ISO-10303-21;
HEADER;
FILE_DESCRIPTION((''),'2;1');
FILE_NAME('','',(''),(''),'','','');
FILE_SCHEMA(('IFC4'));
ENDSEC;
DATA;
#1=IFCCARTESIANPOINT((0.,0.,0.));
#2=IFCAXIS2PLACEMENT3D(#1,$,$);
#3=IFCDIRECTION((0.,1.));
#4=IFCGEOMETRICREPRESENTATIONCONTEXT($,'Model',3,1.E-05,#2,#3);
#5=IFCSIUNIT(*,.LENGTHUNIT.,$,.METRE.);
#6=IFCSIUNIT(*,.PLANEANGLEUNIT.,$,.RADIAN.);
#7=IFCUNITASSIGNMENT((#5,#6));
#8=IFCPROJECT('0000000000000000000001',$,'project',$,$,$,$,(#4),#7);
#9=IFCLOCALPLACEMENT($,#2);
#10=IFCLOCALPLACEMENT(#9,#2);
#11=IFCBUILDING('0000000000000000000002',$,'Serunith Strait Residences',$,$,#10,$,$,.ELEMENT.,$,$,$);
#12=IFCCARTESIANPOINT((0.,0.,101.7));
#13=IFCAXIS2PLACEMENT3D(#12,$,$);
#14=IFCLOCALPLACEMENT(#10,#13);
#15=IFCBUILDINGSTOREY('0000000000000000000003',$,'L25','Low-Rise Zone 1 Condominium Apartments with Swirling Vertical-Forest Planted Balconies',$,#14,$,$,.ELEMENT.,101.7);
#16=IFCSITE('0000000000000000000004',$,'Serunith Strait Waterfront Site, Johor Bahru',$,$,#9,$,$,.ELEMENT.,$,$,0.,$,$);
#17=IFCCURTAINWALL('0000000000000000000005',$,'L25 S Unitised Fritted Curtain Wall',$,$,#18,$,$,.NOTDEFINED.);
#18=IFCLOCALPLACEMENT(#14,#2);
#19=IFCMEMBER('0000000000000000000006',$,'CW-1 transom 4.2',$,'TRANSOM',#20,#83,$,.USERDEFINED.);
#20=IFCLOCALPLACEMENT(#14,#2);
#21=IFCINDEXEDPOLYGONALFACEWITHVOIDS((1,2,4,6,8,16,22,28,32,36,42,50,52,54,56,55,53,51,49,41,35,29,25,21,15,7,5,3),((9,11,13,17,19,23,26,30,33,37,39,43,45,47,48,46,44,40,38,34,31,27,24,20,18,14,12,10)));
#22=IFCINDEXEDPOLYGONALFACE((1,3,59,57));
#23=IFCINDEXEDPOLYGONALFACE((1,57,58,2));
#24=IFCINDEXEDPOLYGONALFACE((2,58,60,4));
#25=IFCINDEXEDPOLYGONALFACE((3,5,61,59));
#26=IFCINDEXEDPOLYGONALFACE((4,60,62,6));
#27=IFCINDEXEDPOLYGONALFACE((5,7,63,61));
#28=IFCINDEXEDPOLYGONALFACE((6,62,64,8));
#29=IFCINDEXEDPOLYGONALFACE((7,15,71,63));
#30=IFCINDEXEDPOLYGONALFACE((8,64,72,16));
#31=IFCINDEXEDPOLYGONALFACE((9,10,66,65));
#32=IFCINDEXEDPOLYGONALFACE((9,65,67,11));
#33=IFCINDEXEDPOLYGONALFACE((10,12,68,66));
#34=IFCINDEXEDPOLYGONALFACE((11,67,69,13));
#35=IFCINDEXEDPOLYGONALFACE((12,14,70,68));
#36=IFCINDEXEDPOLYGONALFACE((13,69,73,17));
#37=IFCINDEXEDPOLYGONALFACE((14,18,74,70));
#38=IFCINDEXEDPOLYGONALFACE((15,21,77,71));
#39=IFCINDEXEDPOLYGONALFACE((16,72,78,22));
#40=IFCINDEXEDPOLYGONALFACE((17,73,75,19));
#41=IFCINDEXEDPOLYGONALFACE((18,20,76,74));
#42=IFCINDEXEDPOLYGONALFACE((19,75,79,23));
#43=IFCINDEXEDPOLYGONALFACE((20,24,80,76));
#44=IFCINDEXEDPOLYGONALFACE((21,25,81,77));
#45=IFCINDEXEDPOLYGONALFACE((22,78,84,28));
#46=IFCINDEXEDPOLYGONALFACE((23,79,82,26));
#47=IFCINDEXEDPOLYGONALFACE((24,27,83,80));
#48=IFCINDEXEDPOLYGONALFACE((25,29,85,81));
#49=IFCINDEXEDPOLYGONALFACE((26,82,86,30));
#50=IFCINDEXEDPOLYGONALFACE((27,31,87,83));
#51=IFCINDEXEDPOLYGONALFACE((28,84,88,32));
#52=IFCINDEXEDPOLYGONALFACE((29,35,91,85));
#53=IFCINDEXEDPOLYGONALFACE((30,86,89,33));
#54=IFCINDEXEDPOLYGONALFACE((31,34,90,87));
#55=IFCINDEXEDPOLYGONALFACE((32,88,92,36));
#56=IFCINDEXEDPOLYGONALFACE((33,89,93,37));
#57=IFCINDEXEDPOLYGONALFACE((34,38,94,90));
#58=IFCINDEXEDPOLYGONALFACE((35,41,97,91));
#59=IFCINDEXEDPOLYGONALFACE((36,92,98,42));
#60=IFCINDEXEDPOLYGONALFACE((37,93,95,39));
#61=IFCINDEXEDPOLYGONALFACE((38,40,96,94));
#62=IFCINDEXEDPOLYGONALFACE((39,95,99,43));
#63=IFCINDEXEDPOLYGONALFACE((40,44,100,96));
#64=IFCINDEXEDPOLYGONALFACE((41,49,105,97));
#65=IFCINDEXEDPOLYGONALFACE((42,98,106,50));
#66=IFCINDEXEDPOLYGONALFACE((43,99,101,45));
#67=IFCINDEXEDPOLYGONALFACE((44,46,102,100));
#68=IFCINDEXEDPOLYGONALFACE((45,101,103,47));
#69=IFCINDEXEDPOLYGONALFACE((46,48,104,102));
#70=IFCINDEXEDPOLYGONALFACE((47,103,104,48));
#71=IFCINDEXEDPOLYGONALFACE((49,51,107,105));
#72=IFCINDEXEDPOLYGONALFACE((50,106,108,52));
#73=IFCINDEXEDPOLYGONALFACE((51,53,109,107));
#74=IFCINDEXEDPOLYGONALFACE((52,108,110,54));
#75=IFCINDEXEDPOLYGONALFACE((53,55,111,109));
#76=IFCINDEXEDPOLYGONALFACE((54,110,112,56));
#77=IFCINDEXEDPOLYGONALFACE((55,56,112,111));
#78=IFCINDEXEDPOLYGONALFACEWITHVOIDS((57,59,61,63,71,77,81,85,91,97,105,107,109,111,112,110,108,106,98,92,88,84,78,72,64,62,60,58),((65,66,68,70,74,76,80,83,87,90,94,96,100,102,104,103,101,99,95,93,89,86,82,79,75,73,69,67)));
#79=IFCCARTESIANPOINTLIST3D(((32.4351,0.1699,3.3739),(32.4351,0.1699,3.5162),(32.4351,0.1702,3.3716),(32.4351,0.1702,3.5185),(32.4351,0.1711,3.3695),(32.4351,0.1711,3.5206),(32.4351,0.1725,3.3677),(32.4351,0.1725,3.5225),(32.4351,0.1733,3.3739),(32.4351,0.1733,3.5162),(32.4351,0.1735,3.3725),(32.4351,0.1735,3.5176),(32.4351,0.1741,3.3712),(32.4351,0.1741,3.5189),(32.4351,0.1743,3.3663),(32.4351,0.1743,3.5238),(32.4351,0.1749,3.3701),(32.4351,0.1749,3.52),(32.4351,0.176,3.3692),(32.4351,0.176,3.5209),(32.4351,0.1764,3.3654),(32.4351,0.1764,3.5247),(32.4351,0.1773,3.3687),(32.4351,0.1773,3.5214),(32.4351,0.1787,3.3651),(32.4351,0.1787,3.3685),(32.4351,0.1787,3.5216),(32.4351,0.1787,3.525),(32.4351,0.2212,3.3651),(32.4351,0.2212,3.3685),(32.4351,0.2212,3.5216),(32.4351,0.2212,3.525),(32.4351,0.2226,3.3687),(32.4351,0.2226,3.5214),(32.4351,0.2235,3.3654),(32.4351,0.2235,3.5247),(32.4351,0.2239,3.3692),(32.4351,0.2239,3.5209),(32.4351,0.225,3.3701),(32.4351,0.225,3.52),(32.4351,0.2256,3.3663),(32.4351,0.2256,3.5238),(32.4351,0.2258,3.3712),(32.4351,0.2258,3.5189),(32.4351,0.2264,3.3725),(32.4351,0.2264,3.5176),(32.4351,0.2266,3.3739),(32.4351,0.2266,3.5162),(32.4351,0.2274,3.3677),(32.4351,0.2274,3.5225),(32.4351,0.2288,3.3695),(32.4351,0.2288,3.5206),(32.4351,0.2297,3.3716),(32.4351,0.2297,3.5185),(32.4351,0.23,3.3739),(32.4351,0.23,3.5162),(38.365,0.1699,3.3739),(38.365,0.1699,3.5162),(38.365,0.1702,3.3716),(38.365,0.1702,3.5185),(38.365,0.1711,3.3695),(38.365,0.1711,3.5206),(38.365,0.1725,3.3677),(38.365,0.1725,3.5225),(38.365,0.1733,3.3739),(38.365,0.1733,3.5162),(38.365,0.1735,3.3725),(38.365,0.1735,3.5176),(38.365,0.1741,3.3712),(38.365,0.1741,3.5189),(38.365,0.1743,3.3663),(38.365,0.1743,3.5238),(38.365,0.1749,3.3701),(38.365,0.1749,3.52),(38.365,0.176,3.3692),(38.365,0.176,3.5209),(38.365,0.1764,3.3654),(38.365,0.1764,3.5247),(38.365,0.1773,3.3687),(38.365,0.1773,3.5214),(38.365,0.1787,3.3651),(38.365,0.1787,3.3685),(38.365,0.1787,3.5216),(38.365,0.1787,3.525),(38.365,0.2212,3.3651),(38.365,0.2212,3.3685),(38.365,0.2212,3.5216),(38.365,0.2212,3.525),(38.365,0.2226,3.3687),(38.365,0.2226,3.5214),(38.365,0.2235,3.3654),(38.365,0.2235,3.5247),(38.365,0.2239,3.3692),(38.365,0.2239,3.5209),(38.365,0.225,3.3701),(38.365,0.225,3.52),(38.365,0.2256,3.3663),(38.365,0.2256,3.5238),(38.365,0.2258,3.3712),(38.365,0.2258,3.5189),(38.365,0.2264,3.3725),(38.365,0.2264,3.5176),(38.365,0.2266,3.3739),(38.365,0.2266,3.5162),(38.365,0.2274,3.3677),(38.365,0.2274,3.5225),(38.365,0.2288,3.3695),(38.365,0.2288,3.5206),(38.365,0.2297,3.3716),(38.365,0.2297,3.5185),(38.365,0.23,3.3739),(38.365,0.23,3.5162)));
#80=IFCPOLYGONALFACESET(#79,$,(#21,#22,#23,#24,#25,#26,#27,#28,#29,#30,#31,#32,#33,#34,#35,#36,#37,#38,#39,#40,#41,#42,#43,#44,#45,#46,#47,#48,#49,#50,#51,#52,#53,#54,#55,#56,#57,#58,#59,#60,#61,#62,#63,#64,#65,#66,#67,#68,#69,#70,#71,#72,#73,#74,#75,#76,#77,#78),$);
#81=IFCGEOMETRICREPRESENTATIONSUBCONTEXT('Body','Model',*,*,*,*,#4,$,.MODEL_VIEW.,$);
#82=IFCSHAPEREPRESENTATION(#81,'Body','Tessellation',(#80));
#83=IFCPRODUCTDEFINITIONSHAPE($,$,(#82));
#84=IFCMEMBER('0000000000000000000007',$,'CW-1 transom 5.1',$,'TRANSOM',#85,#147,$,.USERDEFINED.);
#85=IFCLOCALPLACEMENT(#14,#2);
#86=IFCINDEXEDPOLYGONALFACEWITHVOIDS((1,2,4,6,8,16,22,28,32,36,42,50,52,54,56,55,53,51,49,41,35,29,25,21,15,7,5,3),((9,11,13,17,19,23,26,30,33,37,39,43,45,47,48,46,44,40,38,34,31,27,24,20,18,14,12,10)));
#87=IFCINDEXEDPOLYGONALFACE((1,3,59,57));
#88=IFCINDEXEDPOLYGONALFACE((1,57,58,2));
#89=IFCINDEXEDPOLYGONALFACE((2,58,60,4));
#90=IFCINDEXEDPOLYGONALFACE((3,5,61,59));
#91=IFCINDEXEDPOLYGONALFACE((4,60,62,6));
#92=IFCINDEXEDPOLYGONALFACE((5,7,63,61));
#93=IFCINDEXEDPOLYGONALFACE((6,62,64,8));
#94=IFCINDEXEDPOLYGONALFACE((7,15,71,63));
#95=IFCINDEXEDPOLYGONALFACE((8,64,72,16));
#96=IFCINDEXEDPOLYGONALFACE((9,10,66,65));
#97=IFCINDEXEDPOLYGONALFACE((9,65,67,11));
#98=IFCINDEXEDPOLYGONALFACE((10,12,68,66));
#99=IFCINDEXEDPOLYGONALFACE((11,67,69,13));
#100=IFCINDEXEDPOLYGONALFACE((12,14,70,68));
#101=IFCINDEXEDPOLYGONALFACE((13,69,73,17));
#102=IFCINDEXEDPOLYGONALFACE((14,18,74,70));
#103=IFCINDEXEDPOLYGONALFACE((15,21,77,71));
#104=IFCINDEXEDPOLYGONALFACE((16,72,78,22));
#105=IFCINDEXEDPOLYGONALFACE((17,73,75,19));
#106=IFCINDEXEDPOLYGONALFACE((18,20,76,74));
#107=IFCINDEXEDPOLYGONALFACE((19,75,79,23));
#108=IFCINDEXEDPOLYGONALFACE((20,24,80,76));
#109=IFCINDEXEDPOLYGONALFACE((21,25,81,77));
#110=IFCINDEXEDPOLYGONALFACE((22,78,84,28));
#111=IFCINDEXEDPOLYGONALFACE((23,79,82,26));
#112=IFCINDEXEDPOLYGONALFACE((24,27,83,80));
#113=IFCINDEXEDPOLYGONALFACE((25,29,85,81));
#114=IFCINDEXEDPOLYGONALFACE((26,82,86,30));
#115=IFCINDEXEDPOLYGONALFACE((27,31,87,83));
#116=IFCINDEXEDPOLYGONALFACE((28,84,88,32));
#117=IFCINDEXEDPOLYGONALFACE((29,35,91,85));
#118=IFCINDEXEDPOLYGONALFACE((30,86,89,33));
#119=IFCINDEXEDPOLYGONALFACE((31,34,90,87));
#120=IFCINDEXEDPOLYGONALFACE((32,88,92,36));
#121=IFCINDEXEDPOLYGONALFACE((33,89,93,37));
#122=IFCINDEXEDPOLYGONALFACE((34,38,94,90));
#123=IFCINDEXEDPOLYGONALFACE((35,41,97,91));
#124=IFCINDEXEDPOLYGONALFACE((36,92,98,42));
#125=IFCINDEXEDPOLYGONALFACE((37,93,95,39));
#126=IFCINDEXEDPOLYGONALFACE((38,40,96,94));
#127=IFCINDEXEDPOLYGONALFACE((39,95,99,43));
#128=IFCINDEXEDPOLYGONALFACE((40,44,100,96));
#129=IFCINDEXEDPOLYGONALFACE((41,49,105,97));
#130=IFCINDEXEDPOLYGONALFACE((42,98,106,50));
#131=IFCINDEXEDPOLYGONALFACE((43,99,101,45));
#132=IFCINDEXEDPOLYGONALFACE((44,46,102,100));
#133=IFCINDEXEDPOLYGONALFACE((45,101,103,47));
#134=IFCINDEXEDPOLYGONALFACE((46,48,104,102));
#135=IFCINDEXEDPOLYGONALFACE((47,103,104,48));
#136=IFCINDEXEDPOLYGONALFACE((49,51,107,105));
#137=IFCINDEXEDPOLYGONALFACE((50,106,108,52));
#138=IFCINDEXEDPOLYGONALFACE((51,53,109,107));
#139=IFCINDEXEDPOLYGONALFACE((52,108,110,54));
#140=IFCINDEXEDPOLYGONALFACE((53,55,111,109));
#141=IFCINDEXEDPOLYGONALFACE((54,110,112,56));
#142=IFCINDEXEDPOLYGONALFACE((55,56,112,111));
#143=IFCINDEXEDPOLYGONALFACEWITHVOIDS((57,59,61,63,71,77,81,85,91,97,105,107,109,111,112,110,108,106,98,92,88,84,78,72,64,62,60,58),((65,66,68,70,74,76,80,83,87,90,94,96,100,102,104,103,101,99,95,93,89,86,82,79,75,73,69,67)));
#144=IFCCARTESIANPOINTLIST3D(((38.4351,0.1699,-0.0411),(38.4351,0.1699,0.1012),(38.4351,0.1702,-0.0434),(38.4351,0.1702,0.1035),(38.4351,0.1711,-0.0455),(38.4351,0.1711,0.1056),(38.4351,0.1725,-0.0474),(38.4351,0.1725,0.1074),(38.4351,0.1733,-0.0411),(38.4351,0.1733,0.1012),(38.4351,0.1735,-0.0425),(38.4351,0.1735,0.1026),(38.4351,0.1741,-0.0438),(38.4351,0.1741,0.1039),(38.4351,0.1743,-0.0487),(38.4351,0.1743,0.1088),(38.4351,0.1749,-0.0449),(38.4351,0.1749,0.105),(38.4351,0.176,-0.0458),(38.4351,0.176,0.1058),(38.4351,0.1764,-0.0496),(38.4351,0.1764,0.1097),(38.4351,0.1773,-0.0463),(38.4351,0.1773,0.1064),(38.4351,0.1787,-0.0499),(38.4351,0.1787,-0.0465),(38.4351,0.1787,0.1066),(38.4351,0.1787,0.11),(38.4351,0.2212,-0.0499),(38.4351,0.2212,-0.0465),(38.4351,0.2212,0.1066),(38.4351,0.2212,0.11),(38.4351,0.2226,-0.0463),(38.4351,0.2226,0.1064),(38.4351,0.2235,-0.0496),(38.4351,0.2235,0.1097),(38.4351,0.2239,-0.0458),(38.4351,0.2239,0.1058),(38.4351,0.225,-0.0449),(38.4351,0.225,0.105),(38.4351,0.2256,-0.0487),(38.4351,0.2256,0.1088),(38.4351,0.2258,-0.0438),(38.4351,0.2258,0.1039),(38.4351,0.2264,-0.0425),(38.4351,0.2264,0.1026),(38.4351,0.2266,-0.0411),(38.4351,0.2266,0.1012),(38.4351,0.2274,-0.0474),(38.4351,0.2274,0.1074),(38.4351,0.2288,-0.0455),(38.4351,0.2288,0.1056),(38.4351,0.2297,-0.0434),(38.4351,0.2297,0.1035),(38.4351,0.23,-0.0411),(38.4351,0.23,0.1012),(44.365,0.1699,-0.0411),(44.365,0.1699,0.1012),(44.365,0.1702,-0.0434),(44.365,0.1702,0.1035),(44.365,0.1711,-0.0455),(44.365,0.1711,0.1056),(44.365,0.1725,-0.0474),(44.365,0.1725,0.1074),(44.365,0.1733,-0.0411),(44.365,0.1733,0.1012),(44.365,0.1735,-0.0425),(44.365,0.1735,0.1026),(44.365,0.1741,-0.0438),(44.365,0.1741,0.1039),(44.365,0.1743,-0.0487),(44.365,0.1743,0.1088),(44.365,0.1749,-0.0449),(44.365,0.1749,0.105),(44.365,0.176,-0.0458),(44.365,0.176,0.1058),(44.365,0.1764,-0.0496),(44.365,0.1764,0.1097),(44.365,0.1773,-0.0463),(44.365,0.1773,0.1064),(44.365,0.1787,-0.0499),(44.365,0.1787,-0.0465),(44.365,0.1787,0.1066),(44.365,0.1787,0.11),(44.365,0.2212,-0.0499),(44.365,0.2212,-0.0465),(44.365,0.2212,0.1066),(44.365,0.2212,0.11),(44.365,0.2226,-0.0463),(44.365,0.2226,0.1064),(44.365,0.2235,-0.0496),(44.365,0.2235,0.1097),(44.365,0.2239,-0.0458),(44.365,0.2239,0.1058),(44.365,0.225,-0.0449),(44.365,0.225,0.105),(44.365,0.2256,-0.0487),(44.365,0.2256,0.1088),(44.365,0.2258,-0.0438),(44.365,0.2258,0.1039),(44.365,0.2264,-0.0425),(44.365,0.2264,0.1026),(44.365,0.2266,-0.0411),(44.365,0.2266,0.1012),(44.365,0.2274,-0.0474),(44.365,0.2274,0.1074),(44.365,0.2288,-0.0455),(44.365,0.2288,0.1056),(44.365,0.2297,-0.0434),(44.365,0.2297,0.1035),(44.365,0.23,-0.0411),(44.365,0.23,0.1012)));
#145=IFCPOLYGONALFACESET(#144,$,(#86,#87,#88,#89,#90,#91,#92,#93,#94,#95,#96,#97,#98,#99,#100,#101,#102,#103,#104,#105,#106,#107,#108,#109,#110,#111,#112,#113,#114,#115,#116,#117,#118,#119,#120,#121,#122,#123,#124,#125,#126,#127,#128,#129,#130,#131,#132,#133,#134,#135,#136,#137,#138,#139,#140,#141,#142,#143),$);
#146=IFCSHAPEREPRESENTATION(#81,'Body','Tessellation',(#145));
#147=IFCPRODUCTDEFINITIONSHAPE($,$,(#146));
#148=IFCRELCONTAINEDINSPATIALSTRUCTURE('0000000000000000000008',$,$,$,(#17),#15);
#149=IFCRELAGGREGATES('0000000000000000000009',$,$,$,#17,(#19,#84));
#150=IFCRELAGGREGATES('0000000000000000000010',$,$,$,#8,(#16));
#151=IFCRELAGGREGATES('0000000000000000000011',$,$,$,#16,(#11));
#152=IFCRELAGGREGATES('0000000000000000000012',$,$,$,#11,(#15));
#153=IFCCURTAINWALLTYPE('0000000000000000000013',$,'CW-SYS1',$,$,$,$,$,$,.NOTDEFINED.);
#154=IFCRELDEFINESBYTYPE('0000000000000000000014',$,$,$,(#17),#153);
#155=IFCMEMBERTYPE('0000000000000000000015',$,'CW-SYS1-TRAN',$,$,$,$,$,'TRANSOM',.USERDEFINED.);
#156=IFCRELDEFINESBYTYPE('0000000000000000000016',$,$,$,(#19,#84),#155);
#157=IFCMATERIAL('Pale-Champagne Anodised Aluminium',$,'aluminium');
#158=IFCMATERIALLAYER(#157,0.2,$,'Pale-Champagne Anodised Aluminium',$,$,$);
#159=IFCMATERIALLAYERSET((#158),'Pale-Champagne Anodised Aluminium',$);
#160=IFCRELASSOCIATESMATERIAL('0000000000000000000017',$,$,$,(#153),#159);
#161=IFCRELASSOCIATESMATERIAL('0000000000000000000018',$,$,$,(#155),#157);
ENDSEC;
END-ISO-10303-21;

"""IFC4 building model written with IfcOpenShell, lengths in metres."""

from ifc_helpers import new_model, si_unit, direction, frame, origin, origin_2d, place, context, subcontext, project, spatial, hollow_rectangle, extrude, source, transform, mapped, material, layer, layer_set, material_profile, profile_set, type_object, element, aggregate, save


model = new_model("IFC4")

# Units and contexts
model_context = context("Model", 3, precision=1e-05, world=origin(), true_north=direction((0.0, 1.0)))
body_context = subcontext(model_context, "Body", "Model", "MODEL_VIEW")
ifc_project = project(units=[si_unit("LENGTHUNIT", "METRE"), si_unit("PLANEANGLEUNIT", "RADIAN")], contexts=[model_context])

# Site, building, storey
site_placement = place(None, origin())
site = spatial("IfcSite", under=ifc_project, at=site_placement, Name="Serunith Strait Waterfront Site, Johor Bahru", CompositionType="ELEMENT", RefElevation=0.0)
building_placement = place(site_placement, origin())
building = spatial("IfcBuilding", under=site, at=building_placement, Name="Serunith Strait Residences", CompositionType="ELEMENT")
storey_placement = place(building_placement, frame((0.0, 0.0, 101.7)))
storey = spatial("IfcBuildingStorey", under=building, at=storey_placement, Name="L25", Description="Low-Rise Zone 1 Condominium Apartments with Swirling Vertical-Forest Planted Balconies", CompositionType="ELEMENT", Elevation=101.7)

# Curtain wall, members
ifc_material_1 = material(Name="Pale-Champagne Anodised Aluminium", Category="aluminium")
ifc_layer_1 = layer(ifc_material_1, 0.2, Name="Pale-Champagne Anodised Aluminium")
ifc_layer_set_1 = layer_set([ifc_layer_1], Name="Pale-Champagne Anodised Aluminium")
curtain_wall_type = type_object("IfcCurtainWallType", Name="CW-SYS1", PredefinedType="NOTDEFINED", material=ifc_layer_set_1)
curtain_wall_placement = place(storey_placement, origin())
curtain_wall = element("IfcCurtainWall", 1, at=curtain_wall_placement, inside=storey, type_object=curtain_wall_type, Name="L25 S Unitised Fritted Curtain Wall", PredefinedType="NOTDEFINED")
ifc_material_profile_1 = material_profile(ifc_material_1, hollow_rectangle(XDim=0.0601, YDim=0.1599, WallThickness=0.0034, InnerFilletRadius=0.0054, OuterFilletRadius=0.0088, at=origin_2d()), Name="ALU 160x60x3.5")
ifc_profile_set_1 = profile_set([ifc_material_profile_1], Name="Pale-Champagne Anodised Aluminium")
member_type_1 = type_object("IfcMemberType", Name="CW-SYS1-TRAN", ElementType="TRANSOM", PredefinedType="USERDEFINED", material=ifc_profile_set_1)
shared_shape_1 = source(origin(), body_context, "Body", "SweptSolid", [
    extrude(hollow_rectangle(XDim=0.0601, YDim=0.1599, WallThickness=0.0034, InnerFilletRadius=0.0054, OuterFilletRadius=0.0088, at=origin_2d()), origin(), (0.0, 0.0, 1.0), 5.9299),
])
member_1_placement = place(storey_placement, frame((32.4351, 0.2, 3.4451), z_axis=(1.0, 0.0, 0.0), x_axis=(0.0, 1.0, 0.0)))
member_1 = element("IfcMember", 2, at=member_1_placement, type_object=member_type_1, Name="CW-1 transom 4.2", ObjectType="TRANSOM", PredefinedType="USERDEFINED", context=body_context, shape_type="MappedRepresentation", body=[
    mapped(shared_shape_1, transform((0.0, 0.0, 0.0), scale=1.0)),
])
member_2_placement = place(storey_placement, frame((38.4351, 0.2, 0.03), z_axis=(1.0, 0.0, 0.0), x_axis=(0.0, 1.0, 0.0)))
member_2 = element("IfcMember", 3, at=member_2_placement, type_object=member_type_1, Name="CW-1 transom 5.1", ObjectType="TRANSOM", PredefinedType="USERDEFINED", context=body_context, shape_type="MappedRepresentation", body=[
    mapped(shared_shape_1, transform((0.0, 0.0, 0.0), scale=1.0)),
])
aggregate(curtain_wall, [member_1, member_2])

save(model, "model.ifc")
